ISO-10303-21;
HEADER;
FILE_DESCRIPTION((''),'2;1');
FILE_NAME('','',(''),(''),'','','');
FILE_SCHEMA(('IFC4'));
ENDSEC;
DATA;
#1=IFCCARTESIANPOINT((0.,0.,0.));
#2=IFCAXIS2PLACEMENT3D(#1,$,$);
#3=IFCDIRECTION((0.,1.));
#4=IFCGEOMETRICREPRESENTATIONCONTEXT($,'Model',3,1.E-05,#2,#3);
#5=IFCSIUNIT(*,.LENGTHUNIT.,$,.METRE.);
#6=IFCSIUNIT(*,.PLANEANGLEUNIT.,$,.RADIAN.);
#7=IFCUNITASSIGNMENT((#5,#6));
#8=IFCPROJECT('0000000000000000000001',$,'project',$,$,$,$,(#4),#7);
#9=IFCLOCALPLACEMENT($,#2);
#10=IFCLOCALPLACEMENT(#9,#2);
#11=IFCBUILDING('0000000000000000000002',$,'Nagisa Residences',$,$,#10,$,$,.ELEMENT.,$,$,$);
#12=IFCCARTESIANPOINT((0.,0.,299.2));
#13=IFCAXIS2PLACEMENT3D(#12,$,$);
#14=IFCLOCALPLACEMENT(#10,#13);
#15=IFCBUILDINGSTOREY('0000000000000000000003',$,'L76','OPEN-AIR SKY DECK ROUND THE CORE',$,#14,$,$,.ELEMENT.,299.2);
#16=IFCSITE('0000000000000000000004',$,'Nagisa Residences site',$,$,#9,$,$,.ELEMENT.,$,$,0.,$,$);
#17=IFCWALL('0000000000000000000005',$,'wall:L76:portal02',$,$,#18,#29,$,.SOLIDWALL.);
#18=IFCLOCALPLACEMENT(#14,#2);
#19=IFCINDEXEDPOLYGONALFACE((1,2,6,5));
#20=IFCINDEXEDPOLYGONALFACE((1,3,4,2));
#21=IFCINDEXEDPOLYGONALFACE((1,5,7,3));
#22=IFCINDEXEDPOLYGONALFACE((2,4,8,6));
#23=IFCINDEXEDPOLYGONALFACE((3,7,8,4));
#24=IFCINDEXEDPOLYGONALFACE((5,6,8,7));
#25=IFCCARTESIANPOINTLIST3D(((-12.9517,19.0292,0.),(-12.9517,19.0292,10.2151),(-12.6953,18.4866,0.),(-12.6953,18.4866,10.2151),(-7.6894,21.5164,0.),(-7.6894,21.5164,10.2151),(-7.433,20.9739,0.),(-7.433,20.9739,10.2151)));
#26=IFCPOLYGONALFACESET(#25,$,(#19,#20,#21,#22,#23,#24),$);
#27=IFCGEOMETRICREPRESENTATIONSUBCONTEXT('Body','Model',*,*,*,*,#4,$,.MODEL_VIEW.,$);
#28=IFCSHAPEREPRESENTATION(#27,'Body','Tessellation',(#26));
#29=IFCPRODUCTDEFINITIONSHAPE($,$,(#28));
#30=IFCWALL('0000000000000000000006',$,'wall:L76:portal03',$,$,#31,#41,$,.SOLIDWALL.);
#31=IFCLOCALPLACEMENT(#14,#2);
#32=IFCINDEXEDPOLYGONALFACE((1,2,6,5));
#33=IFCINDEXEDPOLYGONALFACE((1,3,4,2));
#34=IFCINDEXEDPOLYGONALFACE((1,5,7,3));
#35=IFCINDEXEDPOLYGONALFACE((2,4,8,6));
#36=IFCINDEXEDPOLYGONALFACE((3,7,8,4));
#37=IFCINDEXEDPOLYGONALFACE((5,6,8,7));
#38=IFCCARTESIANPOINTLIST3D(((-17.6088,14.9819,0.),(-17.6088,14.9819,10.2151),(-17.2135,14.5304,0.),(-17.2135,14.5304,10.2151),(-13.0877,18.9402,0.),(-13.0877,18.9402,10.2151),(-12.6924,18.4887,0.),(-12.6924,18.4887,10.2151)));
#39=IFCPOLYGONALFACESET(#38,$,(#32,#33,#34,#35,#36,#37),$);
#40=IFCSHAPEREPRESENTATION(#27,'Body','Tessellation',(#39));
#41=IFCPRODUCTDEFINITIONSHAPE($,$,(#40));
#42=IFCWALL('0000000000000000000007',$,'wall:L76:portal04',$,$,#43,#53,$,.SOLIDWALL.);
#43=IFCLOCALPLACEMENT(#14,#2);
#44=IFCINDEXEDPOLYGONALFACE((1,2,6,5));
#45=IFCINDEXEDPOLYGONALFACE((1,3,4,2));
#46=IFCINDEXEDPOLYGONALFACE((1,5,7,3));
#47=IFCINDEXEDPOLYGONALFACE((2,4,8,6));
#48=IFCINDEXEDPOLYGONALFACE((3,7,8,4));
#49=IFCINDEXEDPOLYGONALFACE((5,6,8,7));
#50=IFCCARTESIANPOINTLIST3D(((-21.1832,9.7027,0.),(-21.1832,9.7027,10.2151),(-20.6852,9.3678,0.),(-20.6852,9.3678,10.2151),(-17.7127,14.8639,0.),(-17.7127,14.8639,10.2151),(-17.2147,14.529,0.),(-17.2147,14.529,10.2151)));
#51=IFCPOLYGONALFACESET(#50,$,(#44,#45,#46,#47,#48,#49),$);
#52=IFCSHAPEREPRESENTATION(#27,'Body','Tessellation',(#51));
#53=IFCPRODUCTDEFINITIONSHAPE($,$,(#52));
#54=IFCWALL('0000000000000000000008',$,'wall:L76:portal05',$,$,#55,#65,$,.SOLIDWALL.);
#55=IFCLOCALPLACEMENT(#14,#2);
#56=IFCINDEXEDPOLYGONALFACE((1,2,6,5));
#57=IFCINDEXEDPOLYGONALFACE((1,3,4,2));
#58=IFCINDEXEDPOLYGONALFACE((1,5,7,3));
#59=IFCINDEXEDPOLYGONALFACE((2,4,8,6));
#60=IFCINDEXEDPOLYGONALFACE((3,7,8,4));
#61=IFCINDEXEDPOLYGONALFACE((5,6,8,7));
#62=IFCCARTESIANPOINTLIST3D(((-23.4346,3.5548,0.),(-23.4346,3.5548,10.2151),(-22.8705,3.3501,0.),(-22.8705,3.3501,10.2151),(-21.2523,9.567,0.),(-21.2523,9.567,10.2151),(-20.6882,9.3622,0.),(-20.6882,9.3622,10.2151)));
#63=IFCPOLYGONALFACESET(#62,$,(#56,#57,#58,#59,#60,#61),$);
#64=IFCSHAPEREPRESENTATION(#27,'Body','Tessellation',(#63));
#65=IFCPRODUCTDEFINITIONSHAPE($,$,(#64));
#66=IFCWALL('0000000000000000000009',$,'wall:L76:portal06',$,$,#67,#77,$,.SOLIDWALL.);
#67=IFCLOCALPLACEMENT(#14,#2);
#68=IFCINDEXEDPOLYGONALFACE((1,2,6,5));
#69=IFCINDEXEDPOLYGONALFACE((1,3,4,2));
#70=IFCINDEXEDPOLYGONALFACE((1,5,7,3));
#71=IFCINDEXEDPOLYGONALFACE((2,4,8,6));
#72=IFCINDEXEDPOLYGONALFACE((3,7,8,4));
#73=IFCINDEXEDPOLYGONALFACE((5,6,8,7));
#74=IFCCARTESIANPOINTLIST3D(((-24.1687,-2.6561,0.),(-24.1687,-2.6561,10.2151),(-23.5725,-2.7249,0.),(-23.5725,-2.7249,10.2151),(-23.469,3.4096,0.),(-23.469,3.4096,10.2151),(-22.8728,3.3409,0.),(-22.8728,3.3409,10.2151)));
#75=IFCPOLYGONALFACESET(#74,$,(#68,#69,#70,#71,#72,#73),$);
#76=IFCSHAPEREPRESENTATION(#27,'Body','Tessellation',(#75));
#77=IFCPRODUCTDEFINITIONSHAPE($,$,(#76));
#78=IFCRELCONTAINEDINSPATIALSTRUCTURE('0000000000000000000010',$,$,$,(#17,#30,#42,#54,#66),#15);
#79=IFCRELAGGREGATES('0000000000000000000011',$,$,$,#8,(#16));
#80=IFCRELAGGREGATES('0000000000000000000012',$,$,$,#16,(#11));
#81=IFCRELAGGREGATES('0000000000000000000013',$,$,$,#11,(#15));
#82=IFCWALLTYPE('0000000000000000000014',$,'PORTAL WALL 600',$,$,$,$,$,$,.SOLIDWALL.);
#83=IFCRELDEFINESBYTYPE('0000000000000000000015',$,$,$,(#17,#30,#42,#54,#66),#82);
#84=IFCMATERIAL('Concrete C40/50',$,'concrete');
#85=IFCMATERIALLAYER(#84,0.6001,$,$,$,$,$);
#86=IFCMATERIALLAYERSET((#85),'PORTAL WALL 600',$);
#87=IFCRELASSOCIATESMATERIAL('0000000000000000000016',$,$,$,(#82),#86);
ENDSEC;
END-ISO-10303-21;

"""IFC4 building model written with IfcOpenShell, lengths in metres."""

from ifc_helpers import new_model, si_unit, direction, frame, frame_2d, origin, place, context, subcontext, project, spatial, rectangle, extrude, material, layer, layer_set, type_object, element, save


model = new_model("IFC4")

# Units and contexts
model_context = context("Model", 3, precision=1e-05, world=origin(), true_north=direction((0.0, 1.0)))
body_context = subcontext(model_context, "Body", "Model", "MODEL_VIEW")
ifc_project = project(units=[si_unit("LENGTHUNIT", "METRE"), si_unit("PLANEANGLEUNIT", "RADIAN")], contexts=[model_context])

# Site, building, storey
site_placement = place(None, origin())
site = spatial("IfcSite", under=ifc_project, at=site_placement, Name="Nagisa Residences site", CompositionType="ELEMENT", RefElevation=0.0)
building_placement = place(site_placement, origin())
building = spatial("IfcBuilding", under=site, at=building_placement, Name="Nagisa Residences", CompositionType="ELEMENT")
storey_placement = place(building_placement, frame((0.0, 0.0, 299.2)))
storey = spatial("IfcBuildingStorey", under=building, at=storey_placement, Name="L76", Description="OPEN-AIR SKY DECK ROUND THE CORE", CompositionType="ELEMENT", Elevation=299.2)

# Walls
ifc_material_1 = material(Name="Concrete C40/50", Category="concrete")
ifc_layer_1 = layer(ifc_material_1, 0.6001)
ifc_layer_set_1 = layer_set([ifc_layer_1], Name="PORTAL WALL 600")
wall_type_1 = type_object("IfcWallType", Name="PORTAL WALL 600", PredefinedType="SOLIDWALL", material=ifc_layer_set_1)
wall_1_placement = place(storey_placement, frame((-7.5613, 21.2451, 0.0), z_axis=(0.0, 0.0, 1.0), x_axis=(-0.904099, -0.427324, 0.0)))
element("IfcWall", 1, at=wall_1_placement, inside=storey, type_object=wall_type_1, Name="wall:L76:portal02", PredefinedType="SOLIDWALL", context=body_context, shape_type="SweptSolid", body=[
    extrude(rectangle(XDim=5.8206, YDim=0.6001, at=frame_2d((2.9102, 0.0))), origin(), (0.0, 0.0, 1.0), 10.2151),
])
wall_2_placement = place(storey_placement, frame((-12.8901, 18.7144, 0.0), z_axis=(0.0, 0.0, 1.0), x_axis=(-0.75238, -0.658729, 0.0)))
element("IfcWall", 2, at=wall_2_placement, inside=storey, type_object=wall_type_1, Name="wall:L76:portal03", PredefinedType="SOLIDWALL", context=body_context, shape_type="SweptSolid", body=[
    extrude(rectangle(XDim=6.009, YDim=0.6001, at=frame_2d((3.0044, 0.0))), origin(), (0.0, 0.0, 1.0), 10.2151),
])
wall_3_placement = place(storey_placement, frame((-17.4636, 14.6965, 0.0), z_axis=(0.0, 0.0, 1.0), x_axis=(-0.558002, -0.829839, 0.0)))
element("IfcWall", 3, at=wall_3_placement, inside=storey, type_object=wall_type_1, Name="wall:L76:portal04", PredefinedType="SOLIDWALL", context=body_context, shape_type="SweptSolid", body=[
    extrude(rectangle(XDim=6.2195, YDim=0.6001, at=frame_2d((3.1099, 0.0))), origin(), (0.0, 0.0, 1.0), 10.2151),
])
wall_4_placement = place(storey_placement, frame((-20.9702, 9.4646, 0.0), z_axis=(0.0, 0.0, 1.0), x_axis=(-0.341207, -0.939988, 0.0)))
element("IfcWall", 4, at=wall_4_placement, inside=storey, type_object=wall_type_1, Name="wall:L76:portal05", PredefinedType="SOLIDWALL", context=body_context, shape_type="SweptSolid", body=[
    extrude(rectangle(XDim=6.396, YDim=0.6001, at=frame_2d((3.198, 0.0))), origin(), (0.0, 0.0, 1.0), 10.2151),
])
wall_5_placement = place(storey_placement, frame((-23.1709, 3.3752, 0.0), z_axis=(0.0, 0.0, 1.0), x_axis=(-0.114595, -0.993412, 0.0)))
element("IfcWall", 5, at=wall_5_placement, inside=storey, type_object=wall_type_1, Name="wall:L76:portal06", PredefinedType="SOLIDWALL", context=body_context, shape_type="SweptSolid", body=[
    extrude(rectangle(XDim=6.106, YDim=0.6001, at=frame_2d((3.053, 0.0))), origin(), (0.0, 0.0, 1.0), 10.2151),
])

save(model, "model.ifc")
